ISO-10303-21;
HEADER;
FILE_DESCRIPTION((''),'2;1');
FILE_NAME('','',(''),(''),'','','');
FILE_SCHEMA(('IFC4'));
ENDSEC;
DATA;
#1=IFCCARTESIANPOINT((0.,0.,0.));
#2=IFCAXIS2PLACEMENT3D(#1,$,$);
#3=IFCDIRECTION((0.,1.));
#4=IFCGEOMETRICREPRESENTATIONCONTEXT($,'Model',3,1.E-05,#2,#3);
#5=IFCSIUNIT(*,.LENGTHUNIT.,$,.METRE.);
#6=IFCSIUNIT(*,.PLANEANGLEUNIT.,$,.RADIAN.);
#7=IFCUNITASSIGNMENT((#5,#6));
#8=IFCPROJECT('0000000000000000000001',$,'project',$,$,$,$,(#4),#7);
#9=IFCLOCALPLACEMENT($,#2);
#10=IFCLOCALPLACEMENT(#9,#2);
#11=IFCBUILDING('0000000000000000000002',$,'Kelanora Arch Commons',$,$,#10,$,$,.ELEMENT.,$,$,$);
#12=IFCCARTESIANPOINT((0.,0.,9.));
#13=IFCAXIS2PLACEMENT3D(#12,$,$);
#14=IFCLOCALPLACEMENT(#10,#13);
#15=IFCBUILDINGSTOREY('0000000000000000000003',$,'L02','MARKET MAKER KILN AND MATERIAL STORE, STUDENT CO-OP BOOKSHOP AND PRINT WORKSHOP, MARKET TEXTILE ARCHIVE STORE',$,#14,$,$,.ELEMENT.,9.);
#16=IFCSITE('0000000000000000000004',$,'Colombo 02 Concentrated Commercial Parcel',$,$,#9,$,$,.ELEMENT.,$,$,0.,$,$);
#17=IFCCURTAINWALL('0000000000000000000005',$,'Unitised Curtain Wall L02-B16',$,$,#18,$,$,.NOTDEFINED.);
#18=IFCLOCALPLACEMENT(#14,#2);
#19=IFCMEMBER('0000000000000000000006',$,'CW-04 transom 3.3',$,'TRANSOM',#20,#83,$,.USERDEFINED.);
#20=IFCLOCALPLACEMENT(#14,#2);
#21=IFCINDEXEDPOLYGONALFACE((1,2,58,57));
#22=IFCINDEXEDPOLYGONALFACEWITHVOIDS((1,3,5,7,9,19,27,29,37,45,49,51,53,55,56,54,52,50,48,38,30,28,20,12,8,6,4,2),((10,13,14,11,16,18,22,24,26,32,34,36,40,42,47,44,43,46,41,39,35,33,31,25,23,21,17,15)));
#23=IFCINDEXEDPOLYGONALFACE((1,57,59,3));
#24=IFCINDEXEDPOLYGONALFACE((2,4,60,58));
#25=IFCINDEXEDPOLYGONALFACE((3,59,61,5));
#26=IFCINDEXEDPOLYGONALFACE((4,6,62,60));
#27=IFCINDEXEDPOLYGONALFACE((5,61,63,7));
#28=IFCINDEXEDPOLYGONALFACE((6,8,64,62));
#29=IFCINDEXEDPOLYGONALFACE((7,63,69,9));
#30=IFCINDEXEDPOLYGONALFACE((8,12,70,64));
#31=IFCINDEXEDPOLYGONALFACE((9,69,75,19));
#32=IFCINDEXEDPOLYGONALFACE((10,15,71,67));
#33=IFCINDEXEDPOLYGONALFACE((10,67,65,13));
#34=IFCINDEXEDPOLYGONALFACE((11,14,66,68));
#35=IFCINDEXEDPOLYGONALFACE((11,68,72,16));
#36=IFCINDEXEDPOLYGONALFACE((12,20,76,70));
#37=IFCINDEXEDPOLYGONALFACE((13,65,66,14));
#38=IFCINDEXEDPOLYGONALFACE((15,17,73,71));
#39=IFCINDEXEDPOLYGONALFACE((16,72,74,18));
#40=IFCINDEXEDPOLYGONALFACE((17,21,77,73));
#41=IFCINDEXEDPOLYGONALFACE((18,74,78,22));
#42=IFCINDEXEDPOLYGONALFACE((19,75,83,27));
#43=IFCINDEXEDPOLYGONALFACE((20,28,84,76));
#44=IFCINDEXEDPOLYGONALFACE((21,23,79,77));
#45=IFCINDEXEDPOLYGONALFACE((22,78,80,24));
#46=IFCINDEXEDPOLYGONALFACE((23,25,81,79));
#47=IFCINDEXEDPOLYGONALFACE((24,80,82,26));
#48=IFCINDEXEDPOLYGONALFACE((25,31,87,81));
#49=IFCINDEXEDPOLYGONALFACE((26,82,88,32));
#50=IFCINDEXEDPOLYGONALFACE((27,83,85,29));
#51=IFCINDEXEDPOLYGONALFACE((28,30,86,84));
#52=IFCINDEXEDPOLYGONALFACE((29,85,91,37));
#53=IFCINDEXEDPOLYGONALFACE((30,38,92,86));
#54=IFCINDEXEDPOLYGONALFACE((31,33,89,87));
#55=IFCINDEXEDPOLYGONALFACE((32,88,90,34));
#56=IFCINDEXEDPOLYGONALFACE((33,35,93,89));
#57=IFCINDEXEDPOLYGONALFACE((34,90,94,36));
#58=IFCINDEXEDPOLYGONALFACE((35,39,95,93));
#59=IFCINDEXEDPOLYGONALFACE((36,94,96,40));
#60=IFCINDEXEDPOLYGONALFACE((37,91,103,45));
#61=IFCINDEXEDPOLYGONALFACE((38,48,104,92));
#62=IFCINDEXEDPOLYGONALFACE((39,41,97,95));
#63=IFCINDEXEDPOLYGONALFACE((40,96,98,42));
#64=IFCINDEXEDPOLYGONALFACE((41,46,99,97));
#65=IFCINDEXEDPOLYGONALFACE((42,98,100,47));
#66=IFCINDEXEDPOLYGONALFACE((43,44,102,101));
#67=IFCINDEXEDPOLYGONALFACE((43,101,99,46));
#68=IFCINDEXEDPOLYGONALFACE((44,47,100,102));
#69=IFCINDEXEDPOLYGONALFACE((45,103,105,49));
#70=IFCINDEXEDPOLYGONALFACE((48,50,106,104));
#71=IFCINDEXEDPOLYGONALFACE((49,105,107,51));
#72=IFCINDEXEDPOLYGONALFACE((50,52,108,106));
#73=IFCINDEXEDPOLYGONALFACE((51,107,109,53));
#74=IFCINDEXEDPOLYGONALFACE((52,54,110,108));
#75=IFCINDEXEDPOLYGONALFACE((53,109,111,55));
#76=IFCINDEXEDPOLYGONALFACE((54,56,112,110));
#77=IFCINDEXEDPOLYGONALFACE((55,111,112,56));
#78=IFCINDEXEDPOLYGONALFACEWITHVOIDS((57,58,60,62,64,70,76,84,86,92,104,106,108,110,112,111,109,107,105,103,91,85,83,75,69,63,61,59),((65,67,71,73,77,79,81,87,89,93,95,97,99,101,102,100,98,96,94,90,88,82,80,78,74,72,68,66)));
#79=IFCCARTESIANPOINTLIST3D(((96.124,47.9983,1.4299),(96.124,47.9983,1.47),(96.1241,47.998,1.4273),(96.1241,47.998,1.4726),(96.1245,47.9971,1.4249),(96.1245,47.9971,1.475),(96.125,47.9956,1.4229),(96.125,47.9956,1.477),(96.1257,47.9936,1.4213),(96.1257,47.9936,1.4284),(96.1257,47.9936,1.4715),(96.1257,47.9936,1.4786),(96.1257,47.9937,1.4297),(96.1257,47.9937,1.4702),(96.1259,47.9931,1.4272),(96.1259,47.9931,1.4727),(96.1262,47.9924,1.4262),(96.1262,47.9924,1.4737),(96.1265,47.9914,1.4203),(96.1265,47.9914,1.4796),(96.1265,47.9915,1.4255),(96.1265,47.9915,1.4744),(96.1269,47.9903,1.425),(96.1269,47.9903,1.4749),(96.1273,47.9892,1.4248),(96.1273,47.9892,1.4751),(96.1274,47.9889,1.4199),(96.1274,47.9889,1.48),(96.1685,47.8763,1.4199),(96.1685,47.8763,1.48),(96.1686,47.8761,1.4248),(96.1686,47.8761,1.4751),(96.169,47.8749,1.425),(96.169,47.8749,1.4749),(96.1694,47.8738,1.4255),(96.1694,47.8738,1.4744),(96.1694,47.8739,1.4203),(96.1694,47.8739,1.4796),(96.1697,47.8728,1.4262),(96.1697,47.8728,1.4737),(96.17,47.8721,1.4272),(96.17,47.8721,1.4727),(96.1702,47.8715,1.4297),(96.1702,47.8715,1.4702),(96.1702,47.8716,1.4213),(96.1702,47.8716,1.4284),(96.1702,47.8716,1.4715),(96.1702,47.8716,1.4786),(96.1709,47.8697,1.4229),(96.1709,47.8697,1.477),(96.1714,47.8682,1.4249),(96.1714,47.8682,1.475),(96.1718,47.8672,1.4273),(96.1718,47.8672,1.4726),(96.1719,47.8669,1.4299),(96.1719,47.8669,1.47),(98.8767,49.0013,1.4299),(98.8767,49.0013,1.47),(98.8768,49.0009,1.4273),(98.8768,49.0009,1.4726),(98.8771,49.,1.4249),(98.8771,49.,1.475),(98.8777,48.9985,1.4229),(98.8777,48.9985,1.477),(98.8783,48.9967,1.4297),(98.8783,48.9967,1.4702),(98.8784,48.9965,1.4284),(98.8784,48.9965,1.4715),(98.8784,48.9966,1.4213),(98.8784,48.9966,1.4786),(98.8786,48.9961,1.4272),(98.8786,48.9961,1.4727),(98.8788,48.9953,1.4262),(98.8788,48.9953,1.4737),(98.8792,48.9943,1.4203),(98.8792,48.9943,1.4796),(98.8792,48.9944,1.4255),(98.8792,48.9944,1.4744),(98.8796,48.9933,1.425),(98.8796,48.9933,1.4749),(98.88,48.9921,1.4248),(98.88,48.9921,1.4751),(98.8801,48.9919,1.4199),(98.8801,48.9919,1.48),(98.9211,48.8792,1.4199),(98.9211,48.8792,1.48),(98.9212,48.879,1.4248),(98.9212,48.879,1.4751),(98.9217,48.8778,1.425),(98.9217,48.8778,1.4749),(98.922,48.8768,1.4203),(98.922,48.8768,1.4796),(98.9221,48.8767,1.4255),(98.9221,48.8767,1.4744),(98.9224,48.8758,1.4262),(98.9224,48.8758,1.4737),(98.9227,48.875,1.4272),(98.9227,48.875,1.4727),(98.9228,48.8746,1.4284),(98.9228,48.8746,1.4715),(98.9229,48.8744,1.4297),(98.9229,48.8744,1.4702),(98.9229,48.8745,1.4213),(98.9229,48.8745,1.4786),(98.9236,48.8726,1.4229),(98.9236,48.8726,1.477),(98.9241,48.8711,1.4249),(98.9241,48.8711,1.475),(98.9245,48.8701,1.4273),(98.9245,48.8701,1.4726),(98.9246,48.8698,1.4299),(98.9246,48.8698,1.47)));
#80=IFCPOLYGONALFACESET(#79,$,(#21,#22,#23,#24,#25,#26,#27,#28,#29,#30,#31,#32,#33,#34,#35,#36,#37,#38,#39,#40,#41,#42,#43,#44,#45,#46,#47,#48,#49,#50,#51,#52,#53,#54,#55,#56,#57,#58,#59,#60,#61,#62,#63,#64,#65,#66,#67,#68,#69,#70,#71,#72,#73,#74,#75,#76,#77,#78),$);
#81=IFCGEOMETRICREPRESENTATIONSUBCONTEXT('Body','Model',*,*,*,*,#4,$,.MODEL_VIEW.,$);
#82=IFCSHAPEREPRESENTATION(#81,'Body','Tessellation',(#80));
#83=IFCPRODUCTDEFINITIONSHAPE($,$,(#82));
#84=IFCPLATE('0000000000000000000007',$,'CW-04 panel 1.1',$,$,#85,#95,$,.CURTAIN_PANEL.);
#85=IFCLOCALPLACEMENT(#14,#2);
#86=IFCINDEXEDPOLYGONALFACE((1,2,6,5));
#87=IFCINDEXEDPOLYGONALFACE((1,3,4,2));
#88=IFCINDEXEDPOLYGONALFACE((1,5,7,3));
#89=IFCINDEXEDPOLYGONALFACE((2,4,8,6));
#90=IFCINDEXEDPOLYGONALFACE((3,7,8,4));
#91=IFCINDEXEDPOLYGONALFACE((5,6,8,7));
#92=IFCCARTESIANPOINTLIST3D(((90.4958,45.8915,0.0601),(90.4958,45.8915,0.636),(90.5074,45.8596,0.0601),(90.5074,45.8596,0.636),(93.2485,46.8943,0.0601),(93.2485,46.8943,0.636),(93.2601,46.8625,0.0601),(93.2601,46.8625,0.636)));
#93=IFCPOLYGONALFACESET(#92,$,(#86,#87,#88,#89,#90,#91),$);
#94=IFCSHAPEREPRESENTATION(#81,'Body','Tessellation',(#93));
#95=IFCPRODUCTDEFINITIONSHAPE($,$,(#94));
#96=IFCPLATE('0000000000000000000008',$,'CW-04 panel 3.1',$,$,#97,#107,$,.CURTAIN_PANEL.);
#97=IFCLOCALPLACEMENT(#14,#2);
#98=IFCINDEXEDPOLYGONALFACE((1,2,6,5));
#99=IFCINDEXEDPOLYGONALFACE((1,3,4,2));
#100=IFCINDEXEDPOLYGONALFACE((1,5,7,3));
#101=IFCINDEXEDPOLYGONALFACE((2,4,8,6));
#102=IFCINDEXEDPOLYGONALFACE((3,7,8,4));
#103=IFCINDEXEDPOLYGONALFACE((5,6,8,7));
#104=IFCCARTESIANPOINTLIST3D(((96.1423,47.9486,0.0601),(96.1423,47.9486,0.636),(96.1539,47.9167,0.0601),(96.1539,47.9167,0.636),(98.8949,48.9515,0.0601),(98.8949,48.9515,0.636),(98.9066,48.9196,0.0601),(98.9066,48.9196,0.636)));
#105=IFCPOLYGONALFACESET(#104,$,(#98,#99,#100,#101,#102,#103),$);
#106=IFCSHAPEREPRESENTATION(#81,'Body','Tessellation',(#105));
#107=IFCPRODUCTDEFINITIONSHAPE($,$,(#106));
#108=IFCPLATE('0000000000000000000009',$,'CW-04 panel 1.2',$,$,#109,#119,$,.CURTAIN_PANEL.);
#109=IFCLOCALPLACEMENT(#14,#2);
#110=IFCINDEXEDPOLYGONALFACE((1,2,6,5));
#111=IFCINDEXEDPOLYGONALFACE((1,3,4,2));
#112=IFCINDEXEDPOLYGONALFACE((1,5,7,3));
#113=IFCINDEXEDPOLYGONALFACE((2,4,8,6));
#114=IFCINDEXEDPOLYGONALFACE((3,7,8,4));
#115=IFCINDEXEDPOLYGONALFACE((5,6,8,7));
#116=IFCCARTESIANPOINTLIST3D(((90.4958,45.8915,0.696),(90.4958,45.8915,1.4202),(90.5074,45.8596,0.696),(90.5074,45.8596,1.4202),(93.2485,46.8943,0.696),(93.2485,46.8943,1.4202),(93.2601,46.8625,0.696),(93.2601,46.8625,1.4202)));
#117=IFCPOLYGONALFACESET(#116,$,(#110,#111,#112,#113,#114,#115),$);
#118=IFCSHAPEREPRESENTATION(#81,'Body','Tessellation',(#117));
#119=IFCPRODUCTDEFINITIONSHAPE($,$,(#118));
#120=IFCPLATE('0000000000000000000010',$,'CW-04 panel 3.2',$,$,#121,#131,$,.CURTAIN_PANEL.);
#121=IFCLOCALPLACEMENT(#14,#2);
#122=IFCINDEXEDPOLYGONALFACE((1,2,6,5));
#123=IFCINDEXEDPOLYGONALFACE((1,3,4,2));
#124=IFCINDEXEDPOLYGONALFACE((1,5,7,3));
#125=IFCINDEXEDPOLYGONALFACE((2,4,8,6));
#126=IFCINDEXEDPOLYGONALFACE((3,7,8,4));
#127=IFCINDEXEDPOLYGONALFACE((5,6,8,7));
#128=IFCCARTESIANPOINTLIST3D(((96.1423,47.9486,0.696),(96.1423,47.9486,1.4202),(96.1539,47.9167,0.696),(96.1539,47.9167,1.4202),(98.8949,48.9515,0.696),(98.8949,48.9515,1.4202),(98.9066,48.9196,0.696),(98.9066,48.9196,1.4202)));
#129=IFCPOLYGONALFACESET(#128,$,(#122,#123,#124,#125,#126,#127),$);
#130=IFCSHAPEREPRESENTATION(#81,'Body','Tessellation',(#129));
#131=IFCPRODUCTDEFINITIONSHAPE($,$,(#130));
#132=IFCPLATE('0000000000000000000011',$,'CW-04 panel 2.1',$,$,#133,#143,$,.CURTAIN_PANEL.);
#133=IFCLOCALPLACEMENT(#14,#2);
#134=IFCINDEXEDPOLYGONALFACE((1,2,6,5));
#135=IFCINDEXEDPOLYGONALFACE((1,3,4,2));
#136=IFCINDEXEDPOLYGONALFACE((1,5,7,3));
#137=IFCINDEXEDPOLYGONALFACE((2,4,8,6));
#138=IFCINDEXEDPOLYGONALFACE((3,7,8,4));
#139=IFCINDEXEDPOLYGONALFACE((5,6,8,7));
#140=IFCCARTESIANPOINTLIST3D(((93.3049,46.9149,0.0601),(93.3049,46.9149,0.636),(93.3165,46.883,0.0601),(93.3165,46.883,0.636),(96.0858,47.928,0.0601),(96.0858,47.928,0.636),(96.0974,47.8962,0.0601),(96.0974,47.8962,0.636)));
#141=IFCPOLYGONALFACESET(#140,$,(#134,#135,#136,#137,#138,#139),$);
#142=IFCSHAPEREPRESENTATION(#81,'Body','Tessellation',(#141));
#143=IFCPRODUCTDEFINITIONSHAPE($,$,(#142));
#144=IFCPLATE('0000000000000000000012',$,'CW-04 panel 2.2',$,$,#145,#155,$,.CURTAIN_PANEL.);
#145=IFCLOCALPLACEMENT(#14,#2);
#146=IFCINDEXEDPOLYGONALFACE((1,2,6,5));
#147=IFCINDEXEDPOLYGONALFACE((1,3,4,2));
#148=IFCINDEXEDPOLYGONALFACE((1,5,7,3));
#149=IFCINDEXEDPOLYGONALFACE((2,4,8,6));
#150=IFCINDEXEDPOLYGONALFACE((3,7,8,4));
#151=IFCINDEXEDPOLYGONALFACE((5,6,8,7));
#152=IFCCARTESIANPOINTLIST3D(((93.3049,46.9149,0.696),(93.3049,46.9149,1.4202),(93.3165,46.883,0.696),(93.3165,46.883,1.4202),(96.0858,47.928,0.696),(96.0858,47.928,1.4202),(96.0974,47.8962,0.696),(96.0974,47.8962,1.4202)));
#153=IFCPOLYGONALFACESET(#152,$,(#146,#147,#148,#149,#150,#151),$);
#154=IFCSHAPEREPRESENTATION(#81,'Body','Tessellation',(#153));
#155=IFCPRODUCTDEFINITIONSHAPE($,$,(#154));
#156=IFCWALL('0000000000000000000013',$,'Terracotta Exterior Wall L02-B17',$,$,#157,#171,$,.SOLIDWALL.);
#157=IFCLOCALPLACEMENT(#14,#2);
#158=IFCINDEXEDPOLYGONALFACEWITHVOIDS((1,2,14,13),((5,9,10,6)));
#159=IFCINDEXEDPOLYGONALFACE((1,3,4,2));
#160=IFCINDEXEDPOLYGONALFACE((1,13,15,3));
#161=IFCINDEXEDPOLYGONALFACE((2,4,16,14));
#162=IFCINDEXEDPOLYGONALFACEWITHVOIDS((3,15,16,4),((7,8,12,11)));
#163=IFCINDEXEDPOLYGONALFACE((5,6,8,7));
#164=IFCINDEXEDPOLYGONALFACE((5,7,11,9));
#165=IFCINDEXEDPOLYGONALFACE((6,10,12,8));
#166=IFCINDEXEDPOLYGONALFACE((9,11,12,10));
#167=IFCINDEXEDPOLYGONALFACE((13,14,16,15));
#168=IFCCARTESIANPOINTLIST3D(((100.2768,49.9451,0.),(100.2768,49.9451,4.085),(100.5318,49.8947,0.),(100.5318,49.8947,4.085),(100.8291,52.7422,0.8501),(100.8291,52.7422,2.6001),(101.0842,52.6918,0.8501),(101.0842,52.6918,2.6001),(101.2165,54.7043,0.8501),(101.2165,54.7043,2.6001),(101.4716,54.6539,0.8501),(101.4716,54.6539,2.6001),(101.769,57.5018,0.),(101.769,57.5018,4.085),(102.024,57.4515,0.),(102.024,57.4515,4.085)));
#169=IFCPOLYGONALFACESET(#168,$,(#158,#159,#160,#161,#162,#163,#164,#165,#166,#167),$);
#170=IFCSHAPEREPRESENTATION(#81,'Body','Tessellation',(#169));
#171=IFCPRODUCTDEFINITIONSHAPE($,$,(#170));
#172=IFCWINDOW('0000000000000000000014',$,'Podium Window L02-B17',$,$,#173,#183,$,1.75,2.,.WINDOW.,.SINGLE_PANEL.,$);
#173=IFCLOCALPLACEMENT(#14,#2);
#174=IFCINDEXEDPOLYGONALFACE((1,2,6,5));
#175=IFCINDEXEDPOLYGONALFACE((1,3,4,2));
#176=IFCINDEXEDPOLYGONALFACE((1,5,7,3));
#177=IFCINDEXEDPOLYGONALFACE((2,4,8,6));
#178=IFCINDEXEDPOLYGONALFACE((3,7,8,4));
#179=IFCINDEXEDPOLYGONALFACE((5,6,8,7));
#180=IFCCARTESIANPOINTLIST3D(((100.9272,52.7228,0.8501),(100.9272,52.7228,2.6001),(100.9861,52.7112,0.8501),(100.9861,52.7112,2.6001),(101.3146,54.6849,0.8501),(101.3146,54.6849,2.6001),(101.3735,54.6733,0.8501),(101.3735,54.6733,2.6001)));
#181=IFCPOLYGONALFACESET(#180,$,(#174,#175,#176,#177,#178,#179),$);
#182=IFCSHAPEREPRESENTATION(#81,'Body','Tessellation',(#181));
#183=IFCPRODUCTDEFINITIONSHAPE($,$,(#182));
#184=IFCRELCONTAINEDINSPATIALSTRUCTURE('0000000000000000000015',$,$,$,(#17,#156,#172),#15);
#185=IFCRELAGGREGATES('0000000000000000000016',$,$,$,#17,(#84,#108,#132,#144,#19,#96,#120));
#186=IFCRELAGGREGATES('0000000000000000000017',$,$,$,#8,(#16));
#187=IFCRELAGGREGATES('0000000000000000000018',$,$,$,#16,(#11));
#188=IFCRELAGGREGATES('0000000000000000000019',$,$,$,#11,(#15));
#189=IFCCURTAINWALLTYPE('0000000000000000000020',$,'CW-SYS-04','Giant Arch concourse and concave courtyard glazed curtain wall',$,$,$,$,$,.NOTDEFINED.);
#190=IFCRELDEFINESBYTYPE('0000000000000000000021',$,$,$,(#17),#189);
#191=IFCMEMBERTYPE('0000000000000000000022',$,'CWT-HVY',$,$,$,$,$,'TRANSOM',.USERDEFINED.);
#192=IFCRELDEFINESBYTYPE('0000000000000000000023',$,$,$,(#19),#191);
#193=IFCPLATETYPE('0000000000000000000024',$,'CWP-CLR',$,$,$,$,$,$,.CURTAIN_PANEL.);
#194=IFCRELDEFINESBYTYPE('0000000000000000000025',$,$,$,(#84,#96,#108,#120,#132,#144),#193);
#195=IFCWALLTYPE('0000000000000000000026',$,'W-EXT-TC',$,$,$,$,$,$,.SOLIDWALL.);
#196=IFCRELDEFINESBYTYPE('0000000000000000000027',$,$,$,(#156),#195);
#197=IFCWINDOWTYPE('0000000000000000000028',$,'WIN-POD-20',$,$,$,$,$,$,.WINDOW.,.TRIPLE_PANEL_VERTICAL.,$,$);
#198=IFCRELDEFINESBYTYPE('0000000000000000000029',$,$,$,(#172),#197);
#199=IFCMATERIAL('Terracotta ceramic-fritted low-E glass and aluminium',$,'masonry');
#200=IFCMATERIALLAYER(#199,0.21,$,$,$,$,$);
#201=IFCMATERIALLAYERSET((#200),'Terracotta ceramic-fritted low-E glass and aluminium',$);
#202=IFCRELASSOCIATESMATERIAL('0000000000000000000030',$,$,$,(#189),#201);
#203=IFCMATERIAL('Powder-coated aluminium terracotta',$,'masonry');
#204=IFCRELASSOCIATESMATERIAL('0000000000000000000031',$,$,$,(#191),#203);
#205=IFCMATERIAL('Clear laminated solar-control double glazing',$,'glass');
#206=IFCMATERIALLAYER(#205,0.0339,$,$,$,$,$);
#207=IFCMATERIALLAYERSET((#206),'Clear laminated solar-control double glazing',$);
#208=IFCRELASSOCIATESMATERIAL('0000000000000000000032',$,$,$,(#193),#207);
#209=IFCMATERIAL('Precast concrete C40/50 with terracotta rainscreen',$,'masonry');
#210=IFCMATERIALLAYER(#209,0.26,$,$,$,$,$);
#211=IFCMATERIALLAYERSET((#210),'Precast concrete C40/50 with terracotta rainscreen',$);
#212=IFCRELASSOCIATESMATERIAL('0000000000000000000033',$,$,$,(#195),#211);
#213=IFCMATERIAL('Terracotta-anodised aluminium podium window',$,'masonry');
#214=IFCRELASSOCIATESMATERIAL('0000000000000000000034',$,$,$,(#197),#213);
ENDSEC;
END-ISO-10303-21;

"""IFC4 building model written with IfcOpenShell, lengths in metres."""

from ifc_helpers import new_model, si_unit, direction, frame, frame_2d, origin, origin_2d, place, context, subcontext, project, spatial, rectangle, hollow_rectangle, extrude, source, transform, mapped, material, layer, layer_set, material_profile, profile_set, type_object, element, fill, aggregate, save


model = new_model("IFC4")

# Units and contexts
model_context = context("Model", 3, precision=1e-05, world=origin(), true_north=direction((0.0, 1.0)))
body_context = subcontext(model_context, "Body", "Model", "MODEL_VIEW")
ifc_project = project(units=[si_unit("LENGTHUNIT", "METRE"), si_unit("PLANEANGLEUNIT", "RADIAN")], contexts=[model_context])

# Site, building, storey
site_placement = place(None, origin())
site = spatial("IfcSite", under=ifc_project, at=site_placement, Name="Colombo 02 Concentrated Commercial Parcel", CompositionType="ELEMENT", RefElevation=0.0)
building_placement = place(site_placement, origin())
building = spatial("IfcBuilding", under=site, at=building_placement, Name="Kelanora Arch Commons", CompositionType="ELEMENT")
storey_placement = place(building_placement, frame((0.0, 0.0, 9.0)))
storey = spatial("IfcBuildingStorey", under=building, at=storey_placement, Name="L02", Description="MARKET MAKER KILN AND MATERIAL STORE, STUDENT CO-OP BOOKSHOP AND PRINT WORKSHOP, MARKET TEXTILE ARCHIVE STORE", CompositionType="ELEMENT", Elevation=9.0)

# Curtain wall, member, plates
ifc_material_1 = material(Name="Terracotta ceramic-fritted low-E glass and aluminium", Category="masonry")
ifc_layer_1 = layer(ifc_material_1, 0.21)
ifc_layer_set_1 = layer_set([ifc_layer_1], Name="Terracotta ceramic-fritted low-E glass and aluminium")
curtain_wall_type = type_object("IfcCurtainWallType", Name="CW-SYS-04", Description="Giant Arch concourse and concave courtyard glazed curtain wall", PredefinedType="NOTDEFINED", material=ifc_layer_set_1)
curtain_wall_placement = place(storey_placement, origin())
curtain_wall = element("IfcCurtainWall", 1, at=curtain_wall_placement, inside=storey, type_object=curtain_wall_type, Name="Unitised Curtain Wall L02-B16", PredefinedType="NOTDEFINED")
ifc_material_2 = material(Name="Powder-coated aluminium terracotta", Category="masonry")
ifc_material_profile_1 = material_profile(ifc_material_2, hollow_rectangle(XDim=0.1399, YDim=0.0601, WallThickness=0.0049, InnerFilletRadius=0.0049, OuterFilletRadius=0.01, at=origin_2d()), Name="CWT140x60")
ifc_profile_set_1 = profile_set([ifc_material_profile_1], Name="Powder-coated aluminium terracotta")
member_type_1 = type_object("IfcMemberType", Name="CWT-HVY", ElementType="TRANSOM", PredefinedType="USERDEFINED", material=ifc_profile_set_1)
member_1_placement = place(storey_placement, frame((96.1479, 47.9326, 1.45), z_axis=(0.939579, 0.342332, 0.0), x_axis=(-0.342332, 0.939579, 0.0)))
member_1 = element("IfcMember", 2, at=member_1_placement, type_object=member_type_1, Name="CW-04 transom 3.3", ObjectType="TRANSOM", PredefinedType="USERDEFINED", context=body_context, shape_type="SweptSolid", body=[
    extrude(hollow_rectangle(XDim=0.1399, YDim=0.0601, WallThickness=0.0049, InnerFilletRadius=0.0049, OuterFilletRadius=0.01, at=origin_2d()), origin(), (0.0, 0.0, 1.0), 2.9297),
])
ifc_material_3 = material(Name="Clear laminated solar-control double glazing", Category="glass")
ifc_layer_2 = layer(ifc_material_3, 0.0339)
ifc_layer_set_2 = layer_set([ifc_layer_2], Name="Clear laminated solar-control double glazing")
plate_type = type_object("IfcPlateType", Name="CWP-CLR", PredefinedType="CURTAIN_PANEL", material=ifc_layer_set_2)
shared_shape_1 = source(origin(), body_context, "Body", "SweptSolid", [
    extrude(rectangle(XDim=2.9297, YDim=0.0339, at=origin_2d()), origin(), (0.0, 0.0, 1.0), 0.5759),
])
plate_1_placement = place(storey_placement, frame((91.8779, 46.377, 0.0601), z_axis=(0.0, 0.0, 1.0), x_axis=(0.939584, 0.342318, 0.0)))
plate_1 = element("IfcPlate", 3, at=plate_1_placement, type_object=plate_type, Name="CW-04 panel 1.1", PredefinedType="CURTAIN_PANEL", context=body_context, shape_type="MappedRepresentation", body=[
    mapped(shared_shape_1, transform((0.0, 0.0, 0.0), scale=1.0)),
])
plate_2_placement = place(storey_placement, frame((97.5244, 48.4341, 0.0601), z_axis=(0.0, 0.0, 1.0), x_axis=(0.939584, 0.342318, 0.0)))
plate_2 = element("IfcPlate", 4, at=plate_2_placement, type_object=plate_type, Name="CW-04 panel 3.1", PredefinedType="CURTAIN_PANEL", context=body_context, shape_type="MappedRepresentation", body=[
    mapped(shared_shape_1, transform((0.0, 0.0, 0.0), scale=1.0)),
])
shared_shape_2 = source(origin(), body_context, "Body", "SweptSolid", [
    extrude(rectangle(XDim=2.9297, YDim=0.0339, at=origin_2d()), origin(), (0.0, 0.0, 1.0), 0.7241),
])
plate_3_placement = place(storey_placement, frame((91.8779, 46.377, 0.696), z_axis=(0.0, 0.0, 1.0), x_axis=(0.939584, 0.342318, 0.0)))
plate_3 = element("IfcPlate", 5, at=plate_3_placement, type_object=plate_type, Name="CW-04 panel 1.2", PredefinedType="CURTAIN_PANEL", context=body_context, shape_type="MappedRepresentation", body=[
    mapped(shared_shape_2, transform((0.0, 0.0, 0.0), scale=1.0)),
])
plate_4_placement = place(storey_placement, frame((97.5244, 48.4341, 0.696), z_axis=(0.0, 0.0, 1.0), x_axis=(0.939584, 0.342318, 0.0)))
plate_4 = element("IfcPlate", 6, at=plate_4_placement, type_object=plate_type, Name="CW-04 panel 3.2", PredefinedType="CURTAIN_PANEL", context=body_context, shape_type="MappedRepresentation", body=[
    mapped(shared_shape_2, transform((0.0, 0.0, 0.0), scale=1.0)),
])
shared_shape_3 = source(origin(), body_context, "Body", "SweptSolid", [
    extrude(rectangle(XDim=2.9597, YDim=0.0339, at=origin_2d()), origin(), (0.0, 0.0, 1.0), 0.5759),
])
plate_5_placement = place(storey_placement, frame((94.7012, 47.4055, 0.0601), z_axis=(0.0, 0.0, 1.0), x_axis=(0.939584, 0.342318, 0.0)))
plate_5 = element("IfcPlate", 7, at=plate_5_placement, type_object=plate_type, Name="CW-04 panel 2.1", PredefinedType="CURTAIN_PANEL", context=body_context, shape_type="MappedRepresentation", body=[
    mapped(shared_shape_3, transform((0.0, 0.0, 0.0), scale=1.0)),
])
shared_shape_4 = source(origin(), body_context, "Body", "SweptSolid", [
    extrude(rectangle(XDim=2.9597, YDim=0.0339, at=origin_2d()), origin(), (0.0, 0.0, 1.0), 0.7241),
])
plate_6_placement = place(storey_placement, frame((94.7012, 47.4055, 0.696), z_axis=(0.0, 0.0, 1.0), x_axis=(0.939584, 0.342318, 0.0)))
plate_6 = element("IfcPlate", 8, at=plate_6_placement, type_object=plate_type, Name="CW-04 panel 2.2", PredefinedType="CURTAIN_PANEL", context=body_context, shape_type="MappedRepresentation", body=[
    mapped(shared_shape_4, transform((0.0, 0.0, 0.0), scale=1.0)),
])
aggregate(curtain_wall, [plate_1, plate_3, plate_5, plate_6, member_1, plate_2, plate_4])

# Wall, opening, window
ifc_material_4 = material(Name="Precast concrete C40/50 with terracotta rainscreen", Category="masonry")
ifc_layer_3 = layer(ifc_material_4, 0.26)
ifc_layer_set_3 = layer_set([ifc_layer_3], Name="Precast concrete C40/50 with terracotta rainscreen")
wall_type = type_object("IfcWallType", Name="W-EXT-TC", PredefinedType="SOLIDWALL", material=ifc_layer_set_3)
wall_placement = place(storey_placement, frame((100.4043, 49.9199, 0.0), z_axis=(0.0, 0.0, 1.0), x_axis=(0.193726, 0.981056, 0.0)))
wall = element("IfcWall", 9, at=wall_placement, inside=storey, type_object=wall_type, Name="Terracotta Exterior Wall L02-B17", PredefinedType="SOLIDWALL", context=body_context, shape_type="SweptSolid", body=[
    extrude(rectangle(XDim=7.7026, YDim=0.26, at=frame_2d((3.8513, 0.0))), origin(), (0.0, 0.0, 1.0), 4.085),
])
opening_placement = place(wall_placement, frame((2.8511, 0.0, 0.8501)))
opening = element("IfcOpeningElement", 10, at=opening_placement, cuts=wall, PredefinedType="OPENING", context=body_context, shape_type="SweptSolid", body=[
    extrude(rectangle(XDim=2.0, YDim=1.75, at=frame_2d((1.0, 0.875))), frame((0.0, 0.1401, 0.0), z_axis=(0.0, -1.0, 0.0), x_axis=(1.0, 0.0, 0.0)), (0.0, 0.0, 1.0), 0.28),
])
ifc_material_5 = material(Name="Terracotta-anodised aluminium podium window", Category="masonry")
window_type = type_object("IfcWindowType", Name="WIN-POD-20", PartitioningType="TRIPLE_PANEL_VERTICAL", PredefinedType="WINDOW", material=ifc_material_5)
window_placement = place(opening_placement, origin())
window = element("IfcWindow", 11, at=window_placement, inside=storey, type_object=window_type, Name="Podium Window L02-B17", OverallHeight=1.75, OverallWidth=2.0, PartitioningType="SINGLE_PANEL", PredefinedType="WINDOW", context=body_context, shape_type="SweptSolid", body=[
    extrude(rectangle(XDim=2.0, YDim=1.75, at=frame_2d((1.0, 0.875))), frame((0.0, 0.03, 0.0), z_axis=(0.0, -1.0, 0.0), x_axis=(1.0, 0.0, 0.0)), (0.0, 0.0, 1.0), 0.0601),
])
fill(opening, window)

save(model, "model.ifc")
